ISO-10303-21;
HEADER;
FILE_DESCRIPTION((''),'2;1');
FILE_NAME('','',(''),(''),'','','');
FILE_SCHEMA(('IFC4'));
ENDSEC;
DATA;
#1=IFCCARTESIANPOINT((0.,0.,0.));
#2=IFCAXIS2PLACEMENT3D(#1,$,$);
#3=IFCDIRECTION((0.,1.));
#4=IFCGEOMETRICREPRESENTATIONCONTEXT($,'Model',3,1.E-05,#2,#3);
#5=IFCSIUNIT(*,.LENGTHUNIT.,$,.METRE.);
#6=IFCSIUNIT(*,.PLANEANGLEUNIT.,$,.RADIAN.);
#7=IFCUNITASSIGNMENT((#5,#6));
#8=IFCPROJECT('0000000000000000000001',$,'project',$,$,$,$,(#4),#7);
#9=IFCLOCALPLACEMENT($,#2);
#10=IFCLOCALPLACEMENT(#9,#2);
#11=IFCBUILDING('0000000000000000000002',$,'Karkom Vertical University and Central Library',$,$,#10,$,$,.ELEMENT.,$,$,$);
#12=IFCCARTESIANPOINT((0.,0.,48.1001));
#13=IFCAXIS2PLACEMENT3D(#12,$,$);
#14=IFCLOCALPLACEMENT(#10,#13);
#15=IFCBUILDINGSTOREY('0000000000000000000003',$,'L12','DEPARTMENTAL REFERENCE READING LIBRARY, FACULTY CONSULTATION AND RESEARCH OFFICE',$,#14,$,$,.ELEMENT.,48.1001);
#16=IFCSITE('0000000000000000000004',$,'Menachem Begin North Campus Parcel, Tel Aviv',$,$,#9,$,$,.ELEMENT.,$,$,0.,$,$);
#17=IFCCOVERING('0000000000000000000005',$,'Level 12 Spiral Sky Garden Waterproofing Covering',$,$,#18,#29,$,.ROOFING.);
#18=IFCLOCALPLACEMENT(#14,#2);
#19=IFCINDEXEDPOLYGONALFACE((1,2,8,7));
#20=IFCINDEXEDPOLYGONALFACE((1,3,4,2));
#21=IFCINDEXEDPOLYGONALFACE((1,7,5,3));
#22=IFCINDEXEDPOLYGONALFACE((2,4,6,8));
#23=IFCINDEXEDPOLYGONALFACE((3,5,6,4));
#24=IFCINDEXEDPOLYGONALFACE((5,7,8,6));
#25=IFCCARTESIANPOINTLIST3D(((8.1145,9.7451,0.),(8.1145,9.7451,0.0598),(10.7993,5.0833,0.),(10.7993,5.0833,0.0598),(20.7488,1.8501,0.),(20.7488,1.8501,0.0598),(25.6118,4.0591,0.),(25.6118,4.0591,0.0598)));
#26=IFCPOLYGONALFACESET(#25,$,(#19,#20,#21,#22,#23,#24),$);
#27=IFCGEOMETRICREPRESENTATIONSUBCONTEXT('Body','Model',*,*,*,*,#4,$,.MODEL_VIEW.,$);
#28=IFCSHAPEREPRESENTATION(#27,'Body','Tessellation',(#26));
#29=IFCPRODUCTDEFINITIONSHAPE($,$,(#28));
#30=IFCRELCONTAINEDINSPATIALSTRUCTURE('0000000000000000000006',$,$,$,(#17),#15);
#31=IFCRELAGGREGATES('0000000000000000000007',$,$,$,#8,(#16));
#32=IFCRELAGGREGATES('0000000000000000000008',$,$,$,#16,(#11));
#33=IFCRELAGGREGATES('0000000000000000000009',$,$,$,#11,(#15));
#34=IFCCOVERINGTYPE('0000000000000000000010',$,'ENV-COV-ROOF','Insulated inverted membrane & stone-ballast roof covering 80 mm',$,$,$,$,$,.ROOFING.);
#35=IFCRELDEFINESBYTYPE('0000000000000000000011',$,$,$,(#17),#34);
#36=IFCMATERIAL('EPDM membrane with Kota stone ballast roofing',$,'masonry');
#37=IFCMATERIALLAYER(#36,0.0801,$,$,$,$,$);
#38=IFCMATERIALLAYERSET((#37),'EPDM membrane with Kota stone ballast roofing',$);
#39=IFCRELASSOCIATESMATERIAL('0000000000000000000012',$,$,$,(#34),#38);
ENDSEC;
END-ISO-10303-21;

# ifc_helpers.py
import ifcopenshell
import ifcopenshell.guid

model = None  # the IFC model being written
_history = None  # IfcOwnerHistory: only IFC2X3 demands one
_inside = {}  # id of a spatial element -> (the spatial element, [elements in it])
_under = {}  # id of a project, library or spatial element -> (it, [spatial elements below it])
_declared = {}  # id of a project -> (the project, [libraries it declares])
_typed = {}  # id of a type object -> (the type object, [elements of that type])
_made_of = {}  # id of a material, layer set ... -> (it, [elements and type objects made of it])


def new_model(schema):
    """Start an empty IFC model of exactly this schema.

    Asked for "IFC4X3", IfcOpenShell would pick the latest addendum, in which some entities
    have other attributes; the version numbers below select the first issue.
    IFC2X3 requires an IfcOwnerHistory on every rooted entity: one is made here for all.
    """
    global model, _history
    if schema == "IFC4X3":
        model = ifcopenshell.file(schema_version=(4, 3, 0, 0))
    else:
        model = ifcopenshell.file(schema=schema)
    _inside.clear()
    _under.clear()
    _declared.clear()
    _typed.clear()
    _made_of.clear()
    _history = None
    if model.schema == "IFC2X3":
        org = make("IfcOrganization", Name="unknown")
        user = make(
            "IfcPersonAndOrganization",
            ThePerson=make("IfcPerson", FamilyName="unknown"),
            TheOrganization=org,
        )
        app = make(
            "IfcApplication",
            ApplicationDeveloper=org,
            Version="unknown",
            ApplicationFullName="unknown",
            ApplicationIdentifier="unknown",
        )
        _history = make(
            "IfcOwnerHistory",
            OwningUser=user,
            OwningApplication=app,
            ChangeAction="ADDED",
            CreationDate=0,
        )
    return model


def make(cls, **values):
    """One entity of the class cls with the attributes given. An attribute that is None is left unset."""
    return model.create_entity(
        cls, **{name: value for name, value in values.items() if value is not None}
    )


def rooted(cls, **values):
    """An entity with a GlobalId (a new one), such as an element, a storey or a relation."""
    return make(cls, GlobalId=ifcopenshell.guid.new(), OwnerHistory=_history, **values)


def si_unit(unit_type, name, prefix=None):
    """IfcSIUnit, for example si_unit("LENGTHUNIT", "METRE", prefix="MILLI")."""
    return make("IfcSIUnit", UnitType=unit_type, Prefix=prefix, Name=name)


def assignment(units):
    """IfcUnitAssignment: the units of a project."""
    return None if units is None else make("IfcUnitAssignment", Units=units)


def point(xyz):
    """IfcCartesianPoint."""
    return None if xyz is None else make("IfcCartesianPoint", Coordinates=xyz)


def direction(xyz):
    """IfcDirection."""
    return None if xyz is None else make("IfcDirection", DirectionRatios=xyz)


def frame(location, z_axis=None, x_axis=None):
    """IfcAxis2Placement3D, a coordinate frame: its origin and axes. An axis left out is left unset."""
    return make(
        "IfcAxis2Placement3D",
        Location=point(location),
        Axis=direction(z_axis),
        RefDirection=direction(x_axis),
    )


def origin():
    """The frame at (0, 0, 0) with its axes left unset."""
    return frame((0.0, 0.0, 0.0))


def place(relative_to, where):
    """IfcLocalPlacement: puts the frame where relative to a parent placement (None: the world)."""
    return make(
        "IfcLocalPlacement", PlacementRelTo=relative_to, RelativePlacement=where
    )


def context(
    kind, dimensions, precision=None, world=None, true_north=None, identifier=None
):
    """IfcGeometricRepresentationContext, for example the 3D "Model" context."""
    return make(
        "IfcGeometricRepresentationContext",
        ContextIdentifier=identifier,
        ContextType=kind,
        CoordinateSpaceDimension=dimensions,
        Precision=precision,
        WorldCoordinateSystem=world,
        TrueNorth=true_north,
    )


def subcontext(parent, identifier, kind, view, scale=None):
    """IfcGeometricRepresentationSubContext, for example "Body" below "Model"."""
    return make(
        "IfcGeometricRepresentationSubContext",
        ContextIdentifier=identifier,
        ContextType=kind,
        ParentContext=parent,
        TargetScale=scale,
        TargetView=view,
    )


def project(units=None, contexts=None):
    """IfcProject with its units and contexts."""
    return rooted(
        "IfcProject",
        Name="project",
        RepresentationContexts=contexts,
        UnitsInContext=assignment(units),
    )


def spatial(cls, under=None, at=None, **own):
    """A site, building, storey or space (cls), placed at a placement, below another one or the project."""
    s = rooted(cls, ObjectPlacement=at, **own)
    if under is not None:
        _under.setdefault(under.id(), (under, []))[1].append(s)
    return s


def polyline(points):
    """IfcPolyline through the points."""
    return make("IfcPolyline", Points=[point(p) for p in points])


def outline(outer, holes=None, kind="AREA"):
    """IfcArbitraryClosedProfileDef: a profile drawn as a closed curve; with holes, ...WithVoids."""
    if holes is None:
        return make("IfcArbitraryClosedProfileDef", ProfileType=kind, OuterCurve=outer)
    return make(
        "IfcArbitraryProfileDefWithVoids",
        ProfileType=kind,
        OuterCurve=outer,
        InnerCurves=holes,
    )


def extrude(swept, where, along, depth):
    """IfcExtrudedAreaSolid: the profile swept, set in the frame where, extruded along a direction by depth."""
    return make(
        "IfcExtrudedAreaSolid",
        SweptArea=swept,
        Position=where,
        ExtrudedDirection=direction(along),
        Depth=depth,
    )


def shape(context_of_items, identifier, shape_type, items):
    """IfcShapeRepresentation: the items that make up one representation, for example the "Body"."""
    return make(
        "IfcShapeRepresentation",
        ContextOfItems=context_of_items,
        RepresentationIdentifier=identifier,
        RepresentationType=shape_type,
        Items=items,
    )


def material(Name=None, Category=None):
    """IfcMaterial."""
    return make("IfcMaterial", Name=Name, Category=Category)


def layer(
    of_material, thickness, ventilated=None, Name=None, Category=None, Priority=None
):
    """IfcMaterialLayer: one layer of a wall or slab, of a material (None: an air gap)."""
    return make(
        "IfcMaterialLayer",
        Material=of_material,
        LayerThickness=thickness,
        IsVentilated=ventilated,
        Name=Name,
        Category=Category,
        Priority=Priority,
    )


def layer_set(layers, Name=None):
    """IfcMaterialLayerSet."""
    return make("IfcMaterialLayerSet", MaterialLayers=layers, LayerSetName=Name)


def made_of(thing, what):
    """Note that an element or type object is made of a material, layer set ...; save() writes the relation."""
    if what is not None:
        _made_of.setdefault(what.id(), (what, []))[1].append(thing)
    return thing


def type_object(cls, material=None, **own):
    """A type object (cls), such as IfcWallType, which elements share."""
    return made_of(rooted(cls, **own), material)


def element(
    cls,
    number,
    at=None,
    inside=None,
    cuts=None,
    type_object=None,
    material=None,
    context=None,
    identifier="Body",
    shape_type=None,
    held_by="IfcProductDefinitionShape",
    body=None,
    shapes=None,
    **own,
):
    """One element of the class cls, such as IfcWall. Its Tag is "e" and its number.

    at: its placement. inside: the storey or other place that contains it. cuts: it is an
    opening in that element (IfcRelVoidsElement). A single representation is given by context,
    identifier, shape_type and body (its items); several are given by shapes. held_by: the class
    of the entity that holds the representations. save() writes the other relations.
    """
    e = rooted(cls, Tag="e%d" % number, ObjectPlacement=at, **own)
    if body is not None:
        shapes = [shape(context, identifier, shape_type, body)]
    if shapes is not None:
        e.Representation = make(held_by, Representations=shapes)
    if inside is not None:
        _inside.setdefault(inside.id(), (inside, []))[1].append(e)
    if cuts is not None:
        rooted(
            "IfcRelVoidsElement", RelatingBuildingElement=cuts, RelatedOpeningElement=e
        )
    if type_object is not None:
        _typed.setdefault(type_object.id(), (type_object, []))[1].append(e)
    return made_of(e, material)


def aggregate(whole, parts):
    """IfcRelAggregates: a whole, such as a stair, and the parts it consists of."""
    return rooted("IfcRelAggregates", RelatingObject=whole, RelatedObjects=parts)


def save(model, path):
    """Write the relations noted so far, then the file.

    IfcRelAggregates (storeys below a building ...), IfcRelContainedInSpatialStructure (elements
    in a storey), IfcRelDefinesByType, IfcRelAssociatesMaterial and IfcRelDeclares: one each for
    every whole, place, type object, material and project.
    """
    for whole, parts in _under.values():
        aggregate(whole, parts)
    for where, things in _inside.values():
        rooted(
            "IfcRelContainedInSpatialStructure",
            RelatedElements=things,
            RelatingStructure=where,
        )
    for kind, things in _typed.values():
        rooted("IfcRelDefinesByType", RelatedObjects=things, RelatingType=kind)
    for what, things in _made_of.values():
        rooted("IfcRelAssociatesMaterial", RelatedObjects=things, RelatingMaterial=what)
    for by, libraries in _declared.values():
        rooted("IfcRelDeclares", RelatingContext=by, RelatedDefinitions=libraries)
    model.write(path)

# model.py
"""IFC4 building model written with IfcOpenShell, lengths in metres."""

from ifc_helpers import new_model, si_unit, direction, frame, origin, place, context, subcontext, project, spatial, polyline, outline, extrude, material, layer, layer_set, type_object, element, save


model = new_model("IFC4")

# Units and contexts
model_context = context("Model", 3, precision=1e-05, world=origin(), true_north=direction((0.0, 1.0)))
body_context = subcontext(model_context, "Body", "Model", "MODEL_VIEW")
ifc_project = project(units=[si_unit("LENGTHUNIT", "METRE"), si_unit("PLANEANGLEUNIT", "RADIAN")], contexts=[model_context])

# Site, building, storey
site_placement = place(None, origin())
site = spatial("IfcSite", under=ifc_project, at=site_placement, Name="Menachem Begin North Campus Parcel, Tel Aviv", CompositionType="ELEMENT", RefElevation=0.0)
building_placement = place(site_placement, origin())
building = spatial("IfcBuilding", under=site, at=building_placement, Name="Karkom Vertical University and Central Library", CompositionType="ELEMENT")
storey_placement = place(building_placement, frame((0.0, 0.0, 48.1001)))
storey = spatial("IfcBuildingStorey", under=building, at=storey_placement, Name="L12", Description="DEPARTMENTAL REFERENCE READING LIBRARY, FACULTY CONSULTATION AND RESEARCH OFFICE", CompositionType="ELEMENT", Elevation=48.1001)

# Covering
ifc_material_1 = material(Name="EPDM membrane with Kota stone ballast roofing", Category="masonry")
ifc_layer_1 = layer(ifc_material_1, 0.0801)
ifc_layer_set_1 = layer_set([ifc_layer_1], Name="EPDM membrane with Kota stone ballast roofing")
covering_type = type_object("IfcCoveringType", Name="ENV-COV-ROOF", Description="Insulated inverted membrane & stone-ballast roof covering 80 mm", PredefinedType="ROOFING", material=ifc_layer_set_1)
covering_placement = place(storey_placement, origin())
element("IfcCovering", 1, at=covering_placement, inside=storey, type_object=covering_type, Name="Level 12 Spiral Sky Garden Waterproofing Covering", PredefinedType="ROOFING", context=body_context, shape_type="SweptSolid", body=[
    extrude(outline(polyline([(20.7488, 1.8501), (10.7993, 5.0833), (8.1145, 9.7451), (25.6118, 4.0591), (20.7488, 1.8501)])), origin(), (0.0, 0.0, 1.0), 0.0598),
])

save(model, "model.ifc")
